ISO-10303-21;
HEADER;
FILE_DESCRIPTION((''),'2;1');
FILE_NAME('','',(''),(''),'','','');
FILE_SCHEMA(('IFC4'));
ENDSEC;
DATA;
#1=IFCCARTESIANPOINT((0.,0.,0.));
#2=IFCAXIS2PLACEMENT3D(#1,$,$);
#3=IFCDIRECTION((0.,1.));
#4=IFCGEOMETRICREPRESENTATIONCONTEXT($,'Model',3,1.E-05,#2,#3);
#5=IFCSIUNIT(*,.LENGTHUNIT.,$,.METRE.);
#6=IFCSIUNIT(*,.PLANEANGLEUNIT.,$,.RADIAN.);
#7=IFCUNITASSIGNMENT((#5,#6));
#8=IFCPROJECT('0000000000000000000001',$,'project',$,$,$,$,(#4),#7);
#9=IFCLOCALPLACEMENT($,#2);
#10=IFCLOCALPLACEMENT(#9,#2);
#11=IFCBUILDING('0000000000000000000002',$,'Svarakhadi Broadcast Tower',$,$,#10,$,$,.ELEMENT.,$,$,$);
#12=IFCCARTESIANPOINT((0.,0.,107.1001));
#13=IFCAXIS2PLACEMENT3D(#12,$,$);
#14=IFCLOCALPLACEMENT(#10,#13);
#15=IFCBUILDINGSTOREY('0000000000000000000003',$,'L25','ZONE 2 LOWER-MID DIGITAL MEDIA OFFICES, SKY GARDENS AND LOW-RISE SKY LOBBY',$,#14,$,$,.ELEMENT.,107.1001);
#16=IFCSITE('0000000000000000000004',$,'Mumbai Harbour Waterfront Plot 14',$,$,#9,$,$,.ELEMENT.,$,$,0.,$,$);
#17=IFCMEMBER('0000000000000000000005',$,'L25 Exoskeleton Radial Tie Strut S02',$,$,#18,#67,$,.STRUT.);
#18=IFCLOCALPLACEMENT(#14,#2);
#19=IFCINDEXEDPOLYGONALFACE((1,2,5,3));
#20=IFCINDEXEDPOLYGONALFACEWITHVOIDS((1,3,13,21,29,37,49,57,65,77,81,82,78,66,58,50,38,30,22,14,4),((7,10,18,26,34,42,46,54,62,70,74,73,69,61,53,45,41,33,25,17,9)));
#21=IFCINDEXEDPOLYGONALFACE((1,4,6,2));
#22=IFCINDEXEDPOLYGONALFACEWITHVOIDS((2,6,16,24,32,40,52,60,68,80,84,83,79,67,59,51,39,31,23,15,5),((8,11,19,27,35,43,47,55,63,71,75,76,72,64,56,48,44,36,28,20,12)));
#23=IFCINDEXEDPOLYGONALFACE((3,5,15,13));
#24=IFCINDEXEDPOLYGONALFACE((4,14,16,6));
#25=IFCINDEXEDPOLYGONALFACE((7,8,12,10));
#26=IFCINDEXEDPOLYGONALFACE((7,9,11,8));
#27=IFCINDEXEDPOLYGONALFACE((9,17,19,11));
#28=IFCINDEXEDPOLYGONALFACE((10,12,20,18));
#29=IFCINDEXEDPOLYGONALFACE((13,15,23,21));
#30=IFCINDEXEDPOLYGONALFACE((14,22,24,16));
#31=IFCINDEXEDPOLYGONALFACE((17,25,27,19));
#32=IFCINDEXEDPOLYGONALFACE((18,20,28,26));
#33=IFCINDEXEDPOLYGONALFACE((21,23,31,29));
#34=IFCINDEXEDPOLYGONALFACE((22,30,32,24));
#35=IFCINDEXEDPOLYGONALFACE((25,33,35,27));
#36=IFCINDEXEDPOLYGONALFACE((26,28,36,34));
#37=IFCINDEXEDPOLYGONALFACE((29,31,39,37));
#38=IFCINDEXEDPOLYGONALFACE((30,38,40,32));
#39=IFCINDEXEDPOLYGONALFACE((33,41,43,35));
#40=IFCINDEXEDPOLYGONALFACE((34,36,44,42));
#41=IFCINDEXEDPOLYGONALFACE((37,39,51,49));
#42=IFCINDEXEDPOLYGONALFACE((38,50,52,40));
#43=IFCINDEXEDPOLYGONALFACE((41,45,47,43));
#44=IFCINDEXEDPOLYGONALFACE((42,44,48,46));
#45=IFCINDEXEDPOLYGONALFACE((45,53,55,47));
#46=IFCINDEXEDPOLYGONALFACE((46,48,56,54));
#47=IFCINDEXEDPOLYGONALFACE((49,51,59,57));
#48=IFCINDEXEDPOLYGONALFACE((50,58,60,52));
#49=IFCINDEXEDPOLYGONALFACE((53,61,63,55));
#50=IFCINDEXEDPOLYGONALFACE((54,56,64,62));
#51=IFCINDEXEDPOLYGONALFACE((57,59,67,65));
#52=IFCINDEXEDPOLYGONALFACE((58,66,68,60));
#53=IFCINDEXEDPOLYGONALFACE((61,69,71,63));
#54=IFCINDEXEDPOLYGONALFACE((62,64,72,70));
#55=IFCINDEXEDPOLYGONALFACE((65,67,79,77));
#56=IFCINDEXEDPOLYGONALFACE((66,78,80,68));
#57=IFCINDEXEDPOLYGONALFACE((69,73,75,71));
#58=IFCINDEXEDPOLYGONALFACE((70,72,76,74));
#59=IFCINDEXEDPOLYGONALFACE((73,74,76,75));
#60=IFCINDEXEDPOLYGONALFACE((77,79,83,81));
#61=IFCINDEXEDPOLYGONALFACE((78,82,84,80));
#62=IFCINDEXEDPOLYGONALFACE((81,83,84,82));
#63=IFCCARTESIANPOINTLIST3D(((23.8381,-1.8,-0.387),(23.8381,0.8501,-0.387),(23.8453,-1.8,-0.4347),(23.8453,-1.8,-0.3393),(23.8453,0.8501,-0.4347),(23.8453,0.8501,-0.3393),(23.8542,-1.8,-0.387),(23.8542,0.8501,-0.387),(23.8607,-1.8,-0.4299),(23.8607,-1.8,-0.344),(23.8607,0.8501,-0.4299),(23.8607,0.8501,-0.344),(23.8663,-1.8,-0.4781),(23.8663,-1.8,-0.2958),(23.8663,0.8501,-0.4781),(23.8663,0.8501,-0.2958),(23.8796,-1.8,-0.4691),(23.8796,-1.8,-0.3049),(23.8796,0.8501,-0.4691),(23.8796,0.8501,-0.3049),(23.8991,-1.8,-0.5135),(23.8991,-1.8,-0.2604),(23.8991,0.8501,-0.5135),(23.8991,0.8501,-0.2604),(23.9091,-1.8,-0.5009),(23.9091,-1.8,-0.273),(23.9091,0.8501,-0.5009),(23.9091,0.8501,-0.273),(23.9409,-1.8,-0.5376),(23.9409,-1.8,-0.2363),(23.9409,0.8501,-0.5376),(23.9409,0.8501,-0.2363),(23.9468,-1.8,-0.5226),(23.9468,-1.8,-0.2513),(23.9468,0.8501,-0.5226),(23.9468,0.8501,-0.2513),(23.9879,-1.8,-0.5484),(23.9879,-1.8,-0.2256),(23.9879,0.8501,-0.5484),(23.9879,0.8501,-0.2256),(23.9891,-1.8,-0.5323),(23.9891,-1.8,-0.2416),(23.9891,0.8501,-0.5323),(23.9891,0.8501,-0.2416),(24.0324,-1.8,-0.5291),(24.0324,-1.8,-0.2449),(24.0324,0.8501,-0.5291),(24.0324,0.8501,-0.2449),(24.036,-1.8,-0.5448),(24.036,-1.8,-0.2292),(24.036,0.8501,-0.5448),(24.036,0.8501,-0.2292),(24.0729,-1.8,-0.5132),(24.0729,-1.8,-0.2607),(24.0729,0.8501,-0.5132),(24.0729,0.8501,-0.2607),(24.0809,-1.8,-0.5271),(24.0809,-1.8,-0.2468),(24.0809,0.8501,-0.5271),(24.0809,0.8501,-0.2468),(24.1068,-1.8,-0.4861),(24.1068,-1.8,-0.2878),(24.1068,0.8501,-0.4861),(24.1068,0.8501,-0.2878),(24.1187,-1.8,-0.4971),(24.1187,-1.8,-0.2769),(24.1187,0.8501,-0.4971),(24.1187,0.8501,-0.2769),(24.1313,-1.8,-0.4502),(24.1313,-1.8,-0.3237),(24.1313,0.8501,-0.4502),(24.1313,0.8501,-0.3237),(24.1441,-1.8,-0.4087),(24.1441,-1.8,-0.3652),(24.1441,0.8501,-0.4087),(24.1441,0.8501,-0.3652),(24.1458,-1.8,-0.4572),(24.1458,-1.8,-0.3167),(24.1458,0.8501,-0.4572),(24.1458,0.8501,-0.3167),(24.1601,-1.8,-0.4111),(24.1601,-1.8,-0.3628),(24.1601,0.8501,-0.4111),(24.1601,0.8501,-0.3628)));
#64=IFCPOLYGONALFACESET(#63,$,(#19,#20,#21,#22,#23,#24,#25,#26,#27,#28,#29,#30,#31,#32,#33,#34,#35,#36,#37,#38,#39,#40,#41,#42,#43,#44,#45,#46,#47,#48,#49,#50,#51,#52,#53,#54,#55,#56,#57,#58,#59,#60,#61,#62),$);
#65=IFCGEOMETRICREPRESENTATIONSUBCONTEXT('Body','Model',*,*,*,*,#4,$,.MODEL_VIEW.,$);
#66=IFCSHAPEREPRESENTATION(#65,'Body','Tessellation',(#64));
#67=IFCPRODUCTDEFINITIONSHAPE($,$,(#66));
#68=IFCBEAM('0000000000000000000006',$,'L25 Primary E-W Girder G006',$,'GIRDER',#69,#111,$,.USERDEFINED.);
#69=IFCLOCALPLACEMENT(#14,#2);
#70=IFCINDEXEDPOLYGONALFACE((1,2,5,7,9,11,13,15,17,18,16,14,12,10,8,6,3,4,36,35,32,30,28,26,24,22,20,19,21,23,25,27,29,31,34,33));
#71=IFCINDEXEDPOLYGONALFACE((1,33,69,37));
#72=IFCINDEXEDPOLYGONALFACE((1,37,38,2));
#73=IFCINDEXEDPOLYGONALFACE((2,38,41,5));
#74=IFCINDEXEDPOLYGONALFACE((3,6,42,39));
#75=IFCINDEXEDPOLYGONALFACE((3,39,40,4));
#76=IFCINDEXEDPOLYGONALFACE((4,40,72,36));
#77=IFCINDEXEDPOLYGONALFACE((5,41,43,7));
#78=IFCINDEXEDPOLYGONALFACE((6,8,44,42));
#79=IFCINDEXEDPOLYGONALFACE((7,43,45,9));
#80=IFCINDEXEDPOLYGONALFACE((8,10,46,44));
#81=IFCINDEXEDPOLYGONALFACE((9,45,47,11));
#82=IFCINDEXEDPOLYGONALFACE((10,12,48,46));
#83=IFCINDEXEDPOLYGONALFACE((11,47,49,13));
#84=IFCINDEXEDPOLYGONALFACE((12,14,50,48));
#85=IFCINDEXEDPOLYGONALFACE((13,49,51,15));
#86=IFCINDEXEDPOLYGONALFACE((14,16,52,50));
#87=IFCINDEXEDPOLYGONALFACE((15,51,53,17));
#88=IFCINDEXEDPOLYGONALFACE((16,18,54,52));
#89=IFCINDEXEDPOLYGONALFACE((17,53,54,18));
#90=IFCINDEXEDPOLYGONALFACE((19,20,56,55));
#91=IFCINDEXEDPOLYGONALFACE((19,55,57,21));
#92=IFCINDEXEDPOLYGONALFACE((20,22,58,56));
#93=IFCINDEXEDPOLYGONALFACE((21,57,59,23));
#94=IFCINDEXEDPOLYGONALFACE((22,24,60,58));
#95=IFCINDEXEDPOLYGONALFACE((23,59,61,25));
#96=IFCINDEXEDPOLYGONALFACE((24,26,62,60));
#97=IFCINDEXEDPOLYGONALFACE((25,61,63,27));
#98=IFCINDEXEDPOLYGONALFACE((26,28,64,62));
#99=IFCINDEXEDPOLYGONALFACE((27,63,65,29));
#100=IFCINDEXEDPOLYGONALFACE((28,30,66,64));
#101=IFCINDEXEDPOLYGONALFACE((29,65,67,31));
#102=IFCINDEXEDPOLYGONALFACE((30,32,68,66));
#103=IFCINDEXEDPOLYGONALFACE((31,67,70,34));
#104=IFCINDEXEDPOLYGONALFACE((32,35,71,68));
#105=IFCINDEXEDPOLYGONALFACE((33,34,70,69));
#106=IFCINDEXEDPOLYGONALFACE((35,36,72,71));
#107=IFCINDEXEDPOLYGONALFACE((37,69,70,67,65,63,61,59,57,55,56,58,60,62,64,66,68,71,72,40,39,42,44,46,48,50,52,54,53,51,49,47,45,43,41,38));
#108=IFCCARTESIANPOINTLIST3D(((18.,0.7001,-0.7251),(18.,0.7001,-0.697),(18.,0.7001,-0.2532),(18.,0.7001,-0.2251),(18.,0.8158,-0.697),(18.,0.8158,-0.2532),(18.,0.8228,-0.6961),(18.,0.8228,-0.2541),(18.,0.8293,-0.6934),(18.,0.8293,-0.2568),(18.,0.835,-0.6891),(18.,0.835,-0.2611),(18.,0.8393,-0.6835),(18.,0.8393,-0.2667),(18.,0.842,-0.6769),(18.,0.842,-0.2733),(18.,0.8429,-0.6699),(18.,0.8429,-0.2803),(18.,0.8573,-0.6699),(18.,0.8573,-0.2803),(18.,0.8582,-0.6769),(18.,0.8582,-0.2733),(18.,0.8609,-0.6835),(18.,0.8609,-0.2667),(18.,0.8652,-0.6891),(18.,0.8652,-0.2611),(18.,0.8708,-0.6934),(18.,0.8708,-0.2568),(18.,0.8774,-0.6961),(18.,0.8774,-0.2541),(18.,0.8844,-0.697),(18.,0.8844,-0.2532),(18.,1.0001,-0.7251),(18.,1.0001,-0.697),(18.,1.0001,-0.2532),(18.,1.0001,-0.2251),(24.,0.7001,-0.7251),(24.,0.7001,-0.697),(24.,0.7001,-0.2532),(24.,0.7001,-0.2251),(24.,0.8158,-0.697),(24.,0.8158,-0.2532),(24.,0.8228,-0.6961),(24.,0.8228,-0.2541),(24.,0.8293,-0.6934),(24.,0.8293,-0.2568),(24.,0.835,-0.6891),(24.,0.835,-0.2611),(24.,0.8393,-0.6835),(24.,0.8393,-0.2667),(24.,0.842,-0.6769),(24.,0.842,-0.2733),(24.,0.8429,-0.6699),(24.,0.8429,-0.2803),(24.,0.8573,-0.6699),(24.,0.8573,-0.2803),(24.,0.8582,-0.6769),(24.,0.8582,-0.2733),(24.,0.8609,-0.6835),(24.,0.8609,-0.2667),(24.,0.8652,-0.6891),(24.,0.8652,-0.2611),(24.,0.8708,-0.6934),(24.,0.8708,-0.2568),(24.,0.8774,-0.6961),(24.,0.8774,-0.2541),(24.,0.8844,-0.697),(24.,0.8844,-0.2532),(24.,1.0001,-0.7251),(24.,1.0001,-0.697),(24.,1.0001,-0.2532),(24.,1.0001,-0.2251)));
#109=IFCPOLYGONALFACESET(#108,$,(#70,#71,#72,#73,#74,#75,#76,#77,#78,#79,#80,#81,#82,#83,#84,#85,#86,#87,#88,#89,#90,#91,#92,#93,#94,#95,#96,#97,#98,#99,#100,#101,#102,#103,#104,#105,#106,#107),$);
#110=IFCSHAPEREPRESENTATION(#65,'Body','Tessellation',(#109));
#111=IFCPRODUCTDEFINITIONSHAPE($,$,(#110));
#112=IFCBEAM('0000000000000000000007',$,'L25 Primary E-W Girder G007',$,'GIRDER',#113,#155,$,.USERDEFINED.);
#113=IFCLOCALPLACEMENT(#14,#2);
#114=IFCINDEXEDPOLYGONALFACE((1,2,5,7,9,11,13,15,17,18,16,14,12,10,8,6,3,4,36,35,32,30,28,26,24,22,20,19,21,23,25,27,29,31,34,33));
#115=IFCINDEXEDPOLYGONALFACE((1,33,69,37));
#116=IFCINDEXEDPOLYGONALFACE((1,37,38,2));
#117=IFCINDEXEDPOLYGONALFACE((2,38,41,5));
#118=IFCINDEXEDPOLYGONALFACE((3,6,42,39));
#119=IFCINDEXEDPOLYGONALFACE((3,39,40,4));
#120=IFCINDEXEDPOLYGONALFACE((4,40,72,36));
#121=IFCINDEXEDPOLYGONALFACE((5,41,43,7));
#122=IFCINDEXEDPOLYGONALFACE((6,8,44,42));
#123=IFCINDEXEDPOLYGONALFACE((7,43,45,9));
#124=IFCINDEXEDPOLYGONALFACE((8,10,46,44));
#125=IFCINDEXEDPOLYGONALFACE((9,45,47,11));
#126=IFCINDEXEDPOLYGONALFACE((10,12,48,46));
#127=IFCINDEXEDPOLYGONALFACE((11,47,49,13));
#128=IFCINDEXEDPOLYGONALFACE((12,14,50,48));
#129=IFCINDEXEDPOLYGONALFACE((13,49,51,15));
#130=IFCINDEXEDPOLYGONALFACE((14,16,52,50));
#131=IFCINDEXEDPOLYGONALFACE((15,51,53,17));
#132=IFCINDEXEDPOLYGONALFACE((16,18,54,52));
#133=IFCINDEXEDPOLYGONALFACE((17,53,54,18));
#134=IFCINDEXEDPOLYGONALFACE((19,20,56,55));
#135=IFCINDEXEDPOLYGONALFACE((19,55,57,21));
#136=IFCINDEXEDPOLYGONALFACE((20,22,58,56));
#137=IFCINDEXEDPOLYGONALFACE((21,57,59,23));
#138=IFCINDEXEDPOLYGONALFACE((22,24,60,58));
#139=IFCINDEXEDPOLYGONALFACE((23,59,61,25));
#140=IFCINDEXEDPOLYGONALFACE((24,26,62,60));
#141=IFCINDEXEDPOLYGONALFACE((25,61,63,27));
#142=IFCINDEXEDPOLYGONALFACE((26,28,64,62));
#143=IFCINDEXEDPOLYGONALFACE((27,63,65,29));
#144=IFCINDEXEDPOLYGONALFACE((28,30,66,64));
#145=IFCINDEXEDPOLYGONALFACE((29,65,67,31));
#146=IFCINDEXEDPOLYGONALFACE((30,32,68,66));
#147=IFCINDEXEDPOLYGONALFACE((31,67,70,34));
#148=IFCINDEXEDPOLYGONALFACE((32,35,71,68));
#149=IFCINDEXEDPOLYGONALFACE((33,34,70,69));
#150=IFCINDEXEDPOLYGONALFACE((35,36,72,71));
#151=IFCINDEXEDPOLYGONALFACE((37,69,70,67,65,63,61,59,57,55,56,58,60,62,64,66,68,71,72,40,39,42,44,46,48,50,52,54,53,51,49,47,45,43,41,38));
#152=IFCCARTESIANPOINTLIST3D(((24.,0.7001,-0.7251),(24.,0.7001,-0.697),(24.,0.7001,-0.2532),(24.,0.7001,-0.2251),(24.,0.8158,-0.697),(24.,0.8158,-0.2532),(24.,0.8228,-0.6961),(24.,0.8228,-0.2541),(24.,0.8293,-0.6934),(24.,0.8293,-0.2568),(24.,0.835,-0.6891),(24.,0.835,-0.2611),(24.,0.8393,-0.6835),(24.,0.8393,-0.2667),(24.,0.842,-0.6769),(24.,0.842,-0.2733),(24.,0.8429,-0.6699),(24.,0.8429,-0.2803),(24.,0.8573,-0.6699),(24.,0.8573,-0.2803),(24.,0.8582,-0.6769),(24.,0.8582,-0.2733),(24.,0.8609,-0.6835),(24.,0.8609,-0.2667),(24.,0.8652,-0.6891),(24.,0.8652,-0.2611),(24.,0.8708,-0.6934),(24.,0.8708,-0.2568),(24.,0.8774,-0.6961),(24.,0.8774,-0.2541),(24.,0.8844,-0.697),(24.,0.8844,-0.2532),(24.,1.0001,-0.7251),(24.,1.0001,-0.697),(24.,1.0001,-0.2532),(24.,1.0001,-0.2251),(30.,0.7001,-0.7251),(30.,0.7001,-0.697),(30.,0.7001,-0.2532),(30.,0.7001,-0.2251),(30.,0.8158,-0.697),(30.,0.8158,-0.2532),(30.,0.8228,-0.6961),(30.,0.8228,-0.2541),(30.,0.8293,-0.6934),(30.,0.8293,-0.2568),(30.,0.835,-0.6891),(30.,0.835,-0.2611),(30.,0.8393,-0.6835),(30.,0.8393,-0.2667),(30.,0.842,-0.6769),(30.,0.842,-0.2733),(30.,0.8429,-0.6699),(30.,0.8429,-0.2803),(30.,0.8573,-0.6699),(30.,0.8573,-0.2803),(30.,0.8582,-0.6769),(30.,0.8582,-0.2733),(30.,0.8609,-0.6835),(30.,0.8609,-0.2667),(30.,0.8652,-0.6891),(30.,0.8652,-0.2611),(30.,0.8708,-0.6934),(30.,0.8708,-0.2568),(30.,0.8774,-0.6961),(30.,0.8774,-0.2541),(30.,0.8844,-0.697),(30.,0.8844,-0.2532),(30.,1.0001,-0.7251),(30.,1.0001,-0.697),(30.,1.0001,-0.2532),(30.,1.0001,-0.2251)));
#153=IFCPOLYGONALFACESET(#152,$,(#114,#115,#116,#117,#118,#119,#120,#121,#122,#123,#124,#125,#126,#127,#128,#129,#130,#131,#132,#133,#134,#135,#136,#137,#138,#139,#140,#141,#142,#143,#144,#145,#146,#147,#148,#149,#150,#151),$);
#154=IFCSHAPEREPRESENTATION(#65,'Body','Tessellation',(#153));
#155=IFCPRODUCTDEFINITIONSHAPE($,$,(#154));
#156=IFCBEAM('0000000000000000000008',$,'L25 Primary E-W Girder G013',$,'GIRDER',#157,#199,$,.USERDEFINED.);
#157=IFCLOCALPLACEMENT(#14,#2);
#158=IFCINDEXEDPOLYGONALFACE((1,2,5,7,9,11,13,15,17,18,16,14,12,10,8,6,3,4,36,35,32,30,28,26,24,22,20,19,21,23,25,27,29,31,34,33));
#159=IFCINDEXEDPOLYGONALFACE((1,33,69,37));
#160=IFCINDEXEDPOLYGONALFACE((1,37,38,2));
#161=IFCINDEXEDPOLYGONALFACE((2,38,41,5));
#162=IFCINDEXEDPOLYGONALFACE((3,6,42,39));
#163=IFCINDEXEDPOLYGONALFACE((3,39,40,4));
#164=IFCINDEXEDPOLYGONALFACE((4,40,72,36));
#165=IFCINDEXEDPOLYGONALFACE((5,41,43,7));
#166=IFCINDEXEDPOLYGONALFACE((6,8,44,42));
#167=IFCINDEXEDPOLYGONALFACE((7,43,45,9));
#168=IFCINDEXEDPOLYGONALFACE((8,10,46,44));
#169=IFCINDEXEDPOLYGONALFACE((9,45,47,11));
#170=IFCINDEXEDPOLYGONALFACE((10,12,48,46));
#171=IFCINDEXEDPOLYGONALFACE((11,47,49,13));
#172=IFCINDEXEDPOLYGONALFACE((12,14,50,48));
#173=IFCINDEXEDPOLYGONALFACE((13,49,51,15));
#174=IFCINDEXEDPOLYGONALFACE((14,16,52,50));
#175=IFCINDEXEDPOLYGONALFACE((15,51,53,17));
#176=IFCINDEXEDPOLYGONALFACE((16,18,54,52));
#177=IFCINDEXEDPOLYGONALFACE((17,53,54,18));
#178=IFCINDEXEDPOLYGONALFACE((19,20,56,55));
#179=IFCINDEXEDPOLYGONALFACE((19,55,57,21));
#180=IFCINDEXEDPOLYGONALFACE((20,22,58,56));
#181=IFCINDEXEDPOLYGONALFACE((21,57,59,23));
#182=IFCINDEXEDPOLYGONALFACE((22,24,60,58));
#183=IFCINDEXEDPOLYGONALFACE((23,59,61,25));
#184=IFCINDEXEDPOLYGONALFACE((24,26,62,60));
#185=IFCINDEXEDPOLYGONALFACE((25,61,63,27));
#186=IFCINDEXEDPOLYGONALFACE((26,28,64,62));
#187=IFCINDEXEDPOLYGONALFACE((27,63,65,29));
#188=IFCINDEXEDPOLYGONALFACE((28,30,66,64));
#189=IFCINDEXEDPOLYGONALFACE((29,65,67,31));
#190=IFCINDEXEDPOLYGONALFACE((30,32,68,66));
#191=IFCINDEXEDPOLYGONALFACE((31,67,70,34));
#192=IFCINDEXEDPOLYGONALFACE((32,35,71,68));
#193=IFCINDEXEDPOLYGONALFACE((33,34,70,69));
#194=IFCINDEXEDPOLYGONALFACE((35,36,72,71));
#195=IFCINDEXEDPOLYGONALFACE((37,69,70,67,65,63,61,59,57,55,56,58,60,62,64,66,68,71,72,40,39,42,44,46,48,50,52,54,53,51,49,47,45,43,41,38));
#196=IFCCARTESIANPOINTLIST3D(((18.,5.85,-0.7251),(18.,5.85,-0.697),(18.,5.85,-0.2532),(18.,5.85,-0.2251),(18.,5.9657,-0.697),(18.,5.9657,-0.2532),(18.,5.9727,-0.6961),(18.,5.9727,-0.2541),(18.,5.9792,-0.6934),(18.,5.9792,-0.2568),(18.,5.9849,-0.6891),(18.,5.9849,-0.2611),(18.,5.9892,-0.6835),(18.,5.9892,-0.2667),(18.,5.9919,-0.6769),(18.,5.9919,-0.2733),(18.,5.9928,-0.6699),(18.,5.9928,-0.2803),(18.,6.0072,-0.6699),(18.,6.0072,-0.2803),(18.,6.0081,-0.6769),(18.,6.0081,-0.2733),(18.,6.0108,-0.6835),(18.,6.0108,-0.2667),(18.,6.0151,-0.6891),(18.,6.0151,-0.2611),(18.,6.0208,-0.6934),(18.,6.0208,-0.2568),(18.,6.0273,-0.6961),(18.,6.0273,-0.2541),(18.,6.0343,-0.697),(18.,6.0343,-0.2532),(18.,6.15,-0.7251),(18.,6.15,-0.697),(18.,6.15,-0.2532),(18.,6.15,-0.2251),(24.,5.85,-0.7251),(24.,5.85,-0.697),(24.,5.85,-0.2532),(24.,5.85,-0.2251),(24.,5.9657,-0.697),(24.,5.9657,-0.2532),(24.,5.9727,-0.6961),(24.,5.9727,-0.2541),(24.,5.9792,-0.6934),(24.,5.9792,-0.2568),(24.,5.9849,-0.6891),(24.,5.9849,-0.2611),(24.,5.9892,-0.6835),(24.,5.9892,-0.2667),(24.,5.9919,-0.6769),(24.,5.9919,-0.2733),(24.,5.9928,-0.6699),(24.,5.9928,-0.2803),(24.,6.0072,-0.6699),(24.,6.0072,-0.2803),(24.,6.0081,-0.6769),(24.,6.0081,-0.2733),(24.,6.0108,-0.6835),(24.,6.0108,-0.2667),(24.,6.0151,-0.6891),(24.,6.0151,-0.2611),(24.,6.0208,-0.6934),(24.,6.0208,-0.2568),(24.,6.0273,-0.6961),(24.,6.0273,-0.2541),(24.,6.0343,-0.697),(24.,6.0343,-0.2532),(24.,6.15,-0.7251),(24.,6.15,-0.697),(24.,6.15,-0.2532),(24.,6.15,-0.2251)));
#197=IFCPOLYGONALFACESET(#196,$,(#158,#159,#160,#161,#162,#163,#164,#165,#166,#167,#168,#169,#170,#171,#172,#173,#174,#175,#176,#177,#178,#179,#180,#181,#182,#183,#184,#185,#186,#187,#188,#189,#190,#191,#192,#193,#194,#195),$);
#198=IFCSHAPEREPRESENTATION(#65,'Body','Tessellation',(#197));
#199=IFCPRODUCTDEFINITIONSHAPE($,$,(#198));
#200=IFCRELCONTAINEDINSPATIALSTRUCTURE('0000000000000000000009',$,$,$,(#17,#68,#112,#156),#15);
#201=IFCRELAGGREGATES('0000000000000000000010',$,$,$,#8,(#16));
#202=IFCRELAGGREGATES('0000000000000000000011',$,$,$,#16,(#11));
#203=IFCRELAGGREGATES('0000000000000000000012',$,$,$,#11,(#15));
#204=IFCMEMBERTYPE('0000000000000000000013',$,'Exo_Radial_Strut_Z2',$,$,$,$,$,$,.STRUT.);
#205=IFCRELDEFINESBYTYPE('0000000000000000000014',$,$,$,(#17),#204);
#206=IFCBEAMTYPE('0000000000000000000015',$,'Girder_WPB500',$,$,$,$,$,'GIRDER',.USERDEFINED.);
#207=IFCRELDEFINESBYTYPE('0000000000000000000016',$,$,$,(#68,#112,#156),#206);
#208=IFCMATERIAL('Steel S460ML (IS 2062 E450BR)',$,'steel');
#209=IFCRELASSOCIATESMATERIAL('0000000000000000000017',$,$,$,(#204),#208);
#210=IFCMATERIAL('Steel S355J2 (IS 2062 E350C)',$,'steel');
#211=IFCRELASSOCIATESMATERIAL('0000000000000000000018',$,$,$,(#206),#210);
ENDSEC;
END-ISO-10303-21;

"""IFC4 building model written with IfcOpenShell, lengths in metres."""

from ifc_helpers import new_model, si_unit, direction, frame, origin, origin_2d, place, context, subcontext, project, spatial, hollow_circle, i_section, extrude, material, material_profile, profile_set, type_object, element, save


model = new_model("IFC4")

# Units and contexts
model_context = context("Model", 3, precision=1e-05, world=origin(), true_north=direction((0.0, 1.0)))
body_context = subcontext(model_context, "Body", "Model", "MODEL_VIEW")
ifc_project = project(units=[si_unit("LENGTHUNIT", "METRE"), si_unit("PLANEANGLEUNIT", "RADIAN")], contexts=[model_context])

# Site, building, storey
site_placement = place(None, origin())
site = spatial("IfcSite", under=ifc_project, at=site_placement, Name="Mumbai Harbour Waterfront Plot 14", CompositionType="ELEMENT", RefElevation=0.0)
building_placement = place(site_placement, origin())
building = spatial("IfcBuilding", under=site, at=building_placement, Name="Svarakhadi Broadcast Tower", CompositionType="ELEMENT")
storey_placement = place(building_placement, frame((0.0, 0.0, 107.1001)))
storey = spatial("IfcBuildingStorey", under=building, at=storey_placement, Name="L25", Description="ZONE 2 LOWER-MID DIGITAL MEDIA OFFICES, SKY GARDENS AND LOW-RISE SKY LOBBY", CompositionType="ELEMENT", Elevation=107.1001)

# Shared definitions
ifc_material_1 = material(Name="Steel S355J2 (IS 2062 E350C)", Category="steel")

# Member
ifc_material_2 = material(Name="Steel S460ML (IS 2062 E450BR)", Category="steel")
ifc_material_profile_1 = material_profile(ifc_material_2, hollow_circle(Radius=0.1619, WallThickness=0.0161, at=origin_2d()), Name="CHS 323.9x16")
ifc_profile_set_1 = profile_set([ifc_material_profile_1], Name="Steel S460ML (IS 2062 E450BR)")
member_type_1 = type_object("IfcMemberType", Name="Exo_Radial_Strut_Z2", PredefinedType="STRUT", material=ifc_profile_set_1)
member_1_placement = place(storey_placement, frame((24.0, -1.8, -0.387), z_axis=(0.0, 1.0, 0.0), x_axis=(-1.0, 0.0, 0.0)))
element("IfcMember", 1, at=member_1_placement, inside=storey, type_object=member_type_1, Name="L25 Exoskeleton Radial Tie Strut S02", PredefinedType="STRUT", context=body_context, shape_type="SweptSolid", body=[
    extrude(hollow_circle(Radius=0.1619, WallThickness=0.0161, at=origin_2d()), origin(), (0.0, 0.0, 1.0), 2.6501),
])

# Beams
ifc_material_profile_2 = material_profile(ifc_material_1, i_section(OverallWidth=0.3, OverallDepth=0.5, WebThickness=0.0144, FlangeThickness=0.0281, FilletRadius=0.0271, at=origin_2d()), Name="WPB 500x300x187")
ifc_profile_set_2 = profile_set([ifc_material_profile_2], Name="Steel S355J2 (IS 2062 E350C)")
beam_type_1 = type_object("IfcBeamType", Name="Girder_WPB500", ElementType="GIRDER", PredefinedType="USERDEFINED", material=ifc_profile_set_2)
for number, where, z_axis, x_axis, name in (
    (2, (18.0, 0.8501, -0.4751), (1.0, 0.0, 0.0), (0.0, 1.0, 0.0), "L25 Primary E-W Girder G006"),
    (3, (24.0, 0.8501, -0.4751), (1.0, 0.0, 0.0), (0.0, 1.0, 0.0), "L25 Primary E-W Girder G007"),
    (4, (18.0, 6.0, -0.4751), (1.0, 0.0, 0.0), (0.0, 1.0, 0.0), "L25 Primary E-W Girder G013"),
):
    element("IfcBeam", number, at=place(storey_placement, frame(where, z_axis=z_axis, x_axis=x_axis)), inside=storey, type_object=beam_type_1, Name=name, ObjectType="GIRDER", PredefinedType="USERDEFINED", context=body_context, shape_type="SweptSolid", body=[
        extrude(i_section(OverallWidth=0.3, OverallDepth=0.5, WebThickness=0.0144, FlangeThickness=0.0281, FilletRadius=0.0271, at=origin_2d()), origin(), (0.0, 0.0, 1.0), 6.0),
    ])

save(model, "model.ifc")
